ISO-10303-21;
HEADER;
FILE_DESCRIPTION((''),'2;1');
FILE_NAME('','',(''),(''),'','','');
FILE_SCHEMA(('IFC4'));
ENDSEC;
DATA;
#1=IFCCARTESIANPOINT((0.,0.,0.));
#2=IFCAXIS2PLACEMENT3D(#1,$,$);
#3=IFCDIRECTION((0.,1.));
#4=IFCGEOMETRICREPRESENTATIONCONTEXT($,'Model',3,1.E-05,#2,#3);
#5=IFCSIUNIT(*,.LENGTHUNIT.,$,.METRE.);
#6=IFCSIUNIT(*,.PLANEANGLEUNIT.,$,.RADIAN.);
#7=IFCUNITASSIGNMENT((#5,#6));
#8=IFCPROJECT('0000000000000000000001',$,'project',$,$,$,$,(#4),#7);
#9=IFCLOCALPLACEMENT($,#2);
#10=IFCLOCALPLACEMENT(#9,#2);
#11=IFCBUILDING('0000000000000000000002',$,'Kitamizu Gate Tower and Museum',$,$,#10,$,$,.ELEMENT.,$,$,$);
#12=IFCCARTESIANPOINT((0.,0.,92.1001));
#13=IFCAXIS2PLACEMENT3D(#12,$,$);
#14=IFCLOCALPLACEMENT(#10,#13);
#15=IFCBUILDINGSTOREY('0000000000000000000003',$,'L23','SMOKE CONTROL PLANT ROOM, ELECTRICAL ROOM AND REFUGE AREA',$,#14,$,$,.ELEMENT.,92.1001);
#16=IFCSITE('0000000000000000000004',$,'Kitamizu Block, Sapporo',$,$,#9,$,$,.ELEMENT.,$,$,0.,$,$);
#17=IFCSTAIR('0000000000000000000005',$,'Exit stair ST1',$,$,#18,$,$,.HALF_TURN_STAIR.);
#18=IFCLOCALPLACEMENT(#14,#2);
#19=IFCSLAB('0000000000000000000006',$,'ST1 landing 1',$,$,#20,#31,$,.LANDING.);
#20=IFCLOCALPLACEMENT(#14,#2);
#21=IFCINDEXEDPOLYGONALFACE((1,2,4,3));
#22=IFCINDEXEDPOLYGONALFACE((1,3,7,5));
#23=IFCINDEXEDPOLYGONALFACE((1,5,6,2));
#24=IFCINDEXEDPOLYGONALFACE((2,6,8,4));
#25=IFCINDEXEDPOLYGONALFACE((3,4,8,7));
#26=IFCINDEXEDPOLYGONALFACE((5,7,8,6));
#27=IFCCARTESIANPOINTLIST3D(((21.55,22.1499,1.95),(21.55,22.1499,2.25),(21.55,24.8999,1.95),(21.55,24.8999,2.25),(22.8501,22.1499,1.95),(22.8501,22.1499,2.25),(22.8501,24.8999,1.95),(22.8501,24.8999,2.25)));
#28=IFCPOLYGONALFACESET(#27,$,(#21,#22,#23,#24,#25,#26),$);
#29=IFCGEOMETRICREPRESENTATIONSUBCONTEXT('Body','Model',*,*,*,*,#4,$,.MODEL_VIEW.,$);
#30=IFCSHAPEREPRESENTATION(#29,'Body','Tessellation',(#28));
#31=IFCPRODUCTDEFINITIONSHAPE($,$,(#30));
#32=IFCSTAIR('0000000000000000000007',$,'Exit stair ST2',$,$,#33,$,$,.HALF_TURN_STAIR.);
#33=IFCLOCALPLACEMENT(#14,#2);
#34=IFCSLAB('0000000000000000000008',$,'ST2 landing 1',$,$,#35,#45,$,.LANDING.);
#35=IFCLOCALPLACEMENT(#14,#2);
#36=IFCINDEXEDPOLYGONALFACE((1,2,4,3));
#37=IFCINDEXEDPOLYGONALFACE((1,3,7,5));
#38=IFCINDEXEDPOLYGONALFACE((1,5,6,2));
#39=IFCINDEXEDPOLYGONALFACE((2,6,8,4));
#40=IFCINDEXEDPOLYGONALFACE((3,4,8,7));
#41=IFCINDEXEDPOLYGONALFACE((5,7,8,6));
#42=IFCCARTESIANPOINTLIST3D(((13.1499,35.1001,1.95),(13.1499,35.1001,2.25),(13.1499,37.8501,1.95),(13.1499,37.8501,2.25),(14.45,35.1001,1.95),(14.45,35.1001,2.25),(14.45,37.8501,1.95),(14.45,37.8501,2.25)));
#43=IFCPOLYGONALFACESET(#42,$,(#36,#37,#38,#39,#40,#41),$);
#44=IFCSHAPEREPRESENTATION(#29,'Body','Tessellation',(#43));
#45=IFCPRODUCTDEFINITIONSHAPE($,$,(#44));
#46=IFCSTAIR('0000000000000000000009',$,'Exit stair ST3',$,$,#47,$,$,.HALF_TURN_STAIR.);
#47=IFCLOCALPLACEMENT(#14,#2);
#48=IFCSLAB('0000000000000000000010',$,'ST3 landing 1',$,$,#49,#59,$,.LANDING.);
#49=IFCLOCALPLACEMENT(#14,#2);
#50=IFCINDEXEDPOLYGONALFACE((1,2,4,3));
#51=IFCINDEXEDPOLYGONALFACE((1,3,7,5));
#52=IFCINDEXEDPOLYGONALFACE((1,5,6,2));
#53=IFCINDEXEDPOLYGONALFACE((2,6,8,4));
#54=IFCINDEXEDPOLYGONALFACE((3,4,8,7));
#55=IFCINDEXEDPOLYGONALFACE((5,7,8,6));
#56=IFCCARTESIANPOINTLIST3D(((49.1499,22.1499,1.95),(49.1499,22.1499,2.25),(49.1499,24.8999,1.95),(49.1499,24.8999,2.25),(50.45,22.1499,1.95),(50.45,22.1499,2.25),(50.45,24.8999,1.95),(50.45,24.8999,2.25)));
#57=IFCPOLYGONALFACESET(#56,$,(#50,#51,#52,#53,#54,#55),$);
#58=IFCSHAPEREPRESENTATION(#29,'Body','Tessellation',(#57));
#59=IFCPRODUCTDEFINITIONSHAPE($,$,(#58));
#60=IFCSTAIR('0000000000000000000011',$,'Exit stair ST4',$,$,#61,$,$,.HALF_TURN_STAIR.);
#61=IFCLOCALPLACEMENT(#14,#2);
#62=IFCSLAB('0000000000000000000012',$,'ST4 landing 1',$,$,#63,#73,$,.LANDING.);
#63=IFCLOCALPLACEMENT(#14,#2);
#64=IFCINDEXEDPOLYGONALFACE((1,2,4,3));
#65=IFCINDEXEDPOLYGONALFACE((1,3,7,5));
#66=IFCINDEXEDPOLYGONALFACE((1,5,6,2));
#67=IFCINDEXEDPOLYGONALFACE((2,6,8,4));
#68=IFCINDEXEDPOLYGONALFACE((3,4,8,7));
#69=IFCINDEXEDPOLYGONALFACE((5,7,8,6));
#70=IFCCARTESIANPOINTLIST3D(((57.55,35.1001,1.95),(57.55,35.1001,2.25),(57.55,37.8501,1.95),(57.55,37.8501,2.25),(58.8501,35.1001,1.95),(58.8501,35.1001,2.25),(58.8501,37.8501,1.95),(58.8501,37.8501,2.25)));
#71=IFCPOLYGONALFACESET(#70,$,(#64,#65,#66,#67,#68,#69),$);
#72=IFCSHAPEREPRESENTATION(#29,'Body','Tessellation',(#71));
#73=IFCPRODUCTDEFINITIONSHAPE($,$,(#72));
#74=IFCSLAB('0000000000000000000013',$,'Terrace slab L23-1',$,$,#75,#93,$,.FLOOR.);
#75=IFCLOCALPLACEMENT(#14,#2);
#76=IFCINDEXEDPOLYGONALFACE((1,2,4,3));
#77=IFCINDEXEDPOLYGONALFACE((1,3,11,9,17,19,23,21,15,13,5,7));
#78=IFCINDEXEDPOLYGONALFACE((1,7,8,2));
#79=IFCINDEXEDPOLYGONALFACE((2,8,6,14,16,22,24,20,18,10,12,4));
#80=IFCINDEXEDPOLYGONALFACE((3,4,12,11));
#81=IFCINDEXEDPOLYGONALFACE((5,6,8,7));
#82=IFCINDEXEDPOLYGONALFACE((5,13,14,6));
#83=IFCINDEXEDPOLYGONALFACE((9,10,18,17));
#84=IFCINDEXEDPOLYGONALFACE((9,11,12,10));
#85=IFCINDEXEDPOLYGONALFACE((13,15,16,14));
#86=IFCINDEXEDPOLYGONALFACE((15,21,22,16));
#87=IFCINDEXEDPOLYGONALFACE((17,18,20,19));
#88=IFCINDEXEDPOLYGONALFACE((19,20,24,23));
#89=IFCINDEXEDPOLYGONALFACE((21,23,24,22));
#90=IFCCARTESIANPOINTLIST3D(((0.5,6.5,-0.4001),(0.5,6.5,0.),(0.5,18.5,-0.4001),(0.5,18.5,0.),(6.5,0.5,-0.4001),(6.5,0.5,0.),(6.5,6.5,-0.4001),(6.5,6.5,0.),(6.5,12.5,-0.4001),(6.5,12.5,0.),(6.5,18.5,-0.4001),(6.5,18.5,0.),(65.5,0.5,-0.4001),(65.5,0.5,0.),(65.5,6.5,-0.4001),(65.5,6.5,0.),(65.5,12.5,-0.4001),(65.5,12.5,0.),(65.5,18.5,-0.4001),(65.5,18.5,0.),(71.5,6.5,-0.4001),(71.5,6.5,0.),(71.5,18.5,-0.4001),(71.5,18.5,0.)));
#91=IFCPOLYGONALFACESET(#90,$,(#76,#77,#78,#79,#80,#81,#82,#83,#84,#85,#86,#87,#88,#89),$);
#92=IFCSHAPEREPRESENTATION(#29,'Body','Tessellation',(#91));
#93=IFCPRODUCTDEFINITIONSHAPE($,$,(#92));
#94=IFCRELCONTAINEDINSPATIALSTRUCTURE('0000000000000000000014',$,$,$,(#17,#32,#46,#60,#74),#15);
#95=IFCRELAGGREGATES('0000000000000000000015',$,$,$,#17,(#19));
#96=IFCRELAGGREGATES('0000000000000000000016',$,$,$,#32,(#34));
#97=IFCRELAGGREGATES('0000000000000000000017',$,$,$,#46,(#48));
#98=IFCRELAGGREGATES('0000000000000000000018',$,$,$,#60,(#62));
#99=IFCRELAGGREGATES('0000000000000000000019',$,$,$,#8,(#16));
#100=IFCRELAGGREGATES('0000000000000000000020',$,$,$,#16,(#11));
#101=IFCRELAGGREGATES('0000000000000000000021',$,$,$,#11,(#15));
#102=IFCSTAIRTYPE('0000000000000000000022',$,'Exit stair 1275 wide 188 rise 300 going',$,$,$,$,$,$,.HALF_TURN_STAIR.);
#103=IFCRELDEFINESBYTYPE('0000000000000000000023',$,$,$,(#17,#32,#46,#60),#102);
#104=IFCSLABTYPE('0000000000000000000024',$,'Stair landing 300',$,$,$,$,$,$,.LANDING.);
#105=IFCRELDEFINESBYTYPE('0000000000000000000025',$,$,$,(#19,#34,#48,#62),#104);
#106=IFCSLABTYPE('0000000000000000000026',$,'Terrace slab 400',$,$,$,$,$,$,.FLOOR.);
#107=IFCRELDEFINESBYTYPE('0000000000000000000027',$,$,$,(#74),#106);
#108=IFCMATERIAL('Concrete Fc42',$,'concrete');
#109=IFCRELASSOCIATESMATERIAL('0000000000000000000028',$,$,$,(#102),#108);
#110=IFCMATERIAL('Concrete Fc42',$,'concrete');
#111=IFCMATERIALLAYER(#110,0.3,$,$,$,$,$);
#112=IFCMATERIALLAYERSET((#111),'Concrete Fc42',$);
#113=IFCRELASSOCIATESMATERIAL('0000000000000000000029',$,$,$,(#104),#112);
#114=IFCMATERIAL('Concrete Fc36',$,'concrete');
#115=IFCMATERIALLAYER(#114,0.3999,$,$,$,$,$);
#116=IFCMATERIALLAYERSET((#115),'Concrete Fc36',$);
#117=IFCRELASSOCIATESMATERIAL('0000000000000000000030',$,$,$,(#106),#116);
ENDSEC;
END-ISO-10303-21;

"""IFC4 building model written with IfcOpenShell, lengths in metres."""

from ifc_helpers import new_model, si_unit, direction, frame, origin, place, context, subcontext, project, spatial, polyline, outline, extrude, material, layer, layer_set, type_object, element, aggregate, save


model = new_model("IFC4")

# Units and contexts
model_context = context("Model", 3, precision=1e-05, world=origin(), true_north=direction((0.0, 1.0)))
body_context = subcontext(model_context, "Body", "Model", "MODEL_VIEW")
ifc_project = project(units=[si_unit("LENGTHUNIT", "METRE"), si_unit("PLANEANGLEUNIT", "RADIAN")], contexts=[model_context])

# Site, building, storey
site_placement = place(None, origin())
site = spatial("IfcSite", under=ifc_project, at=site_placement, Name="Kitamizu Block, Sapporo", CompositionType="ELEMENT", RefElevation=0.0)
building_placement = place(site_placement, origin())
building = spatial("IfcBuilding", under=site, at=building_placement, Name="Kitamizu Gate Tower and Museum", CompositionType="ELEMENT")
storey_placement = place(building_placement, frame((0.0, 0.0, 92.1001)))
storey = spatial("IfcBuildingStorey", under=building, at=storey_placement, Name="L23", Description="SMOKE CONTROL PLANT ROOM, ELECTRICAL ROOM AND REFUGE AREA", CompositionType="ELEMENT", Elevation=92.1001)

# Stairs, slabs
ifc_material_1 = material(Name="Concrete Fc42", Category="concrete")
stair_type = type_object("IfcStairType", Name="Exit stair 1275 wide 188 rise 300 going", PredefinedType="HALF_TURN_STAIR", material=ifc_material_1)
stair_1_placement = place(storey_placement, origin())
stair_1 = element("IfcStair", 1, at=stair_1_placement, inside=storey, type_object=stair_type, Name="Exit stair ST1", PredefinedType="HALF_TURN_STAIR")
ifc_material_2 = material(Name="Concrete Fc42", Category="concrete")
ifc_layer_1 = layer(ifc_material_2, 0.3)
ifc_layer_set_1 = layer_set([ifc_layer_1], Name="Concrete Fc42")
slab_type_1 = type_object("IfcSlabType", Name="Stair landing 300", PredefinedType="LANDING", material=ifc_layer_set_1)
slab_1_placement = place(storey_placement, frame((0.0, 0.0, 1.95)))
slab_1 = element("IfcSlab", 2, at=slab_1_placement, type_object=slab_type_1, Name="ST1 landing 1", PredefinedType="LANDING", context=body_context, shape_type="SweptSolid", body=[
    extrude(outline(polyline([(21.55, 22.1499), (22.8501, 22.1499), (22.8501, 24.8999), (21.55, 24.8999), (21.55, 22.1499)])), origin(), (0.0, 0.0, 1.0), 0.3),
])
aggregate(stair_1, [slab_1])
stair_2_placement = place(storey_placement, origin())
stair_2 = element("IfcStair", 3, at=stair_2_placement, inside=storey, type_object=stair_type, Name="Exit stair ST2", PredefinedType="HALF_TURN_STAIR")
slab_2_placement = place(storey_placement, frame((0.0, 0.0, 1.95)))
slab_2 = element("IfcSlab", 4, at=slab_2_placement, type_object=slab_type_1, Name="ST2 landing 1", PredefinedType="LANDING", context=body_context, shape_type="SweptSolid", body=[
    extrude(outline(polyline([(13.1499, 35.1001), (14.45, 35.1001), (14.45, 37.8501), (13.1499, 37.8501), (13.1499, 35.1001)])), origin(), (0.0, 0.0, 1.0), 0.3),
])
aggregate(stair_2, [slab_2])
stair_3_placement = place(storey_placement, origin())
stair_3 = element("IfcStair", 5, at=stair_3_placement, inside=storey, type_object=stair_type, Name="Exit stair ST3", PredefinedType="HALF_TURN_STAIR")
slab_3_placement = place(storey_placement, frame((0.0, 0.0, 1.95)))
slab_3 = element("IfcSlab", 6, at=slab_3_placement, type_object=slab_type_1, Name="ST3 landing 1", PredefinedType="LANDING", context=body_context, shape_type="SweptSolid", body=[
    extrude(outline(polyline([(49.1499, 22.1499), (50.45, 22.1499), (50.45, 24.8999), (49.1499, 24.8999), (49.1499, 22.1499)])), origin(), (0.0, 0.0, 1.0), 0.3),
])
aggregate(stair_3, [slab_3])
stair_4_placement = place(storey_placement, origin())
stair_4 = element("IfcStair", 7, at=stair_4_placement, inside=storey, type_object=stair_type, Name="Exit stair ST4", PredefinedType="HALF_TURN_STAIR")
slab_4_placement = place(storey_placement, frame((0.0, 0.0, 1.95)))
slab_4 = element("IfcSlab", 8, at=slab_4_placement, type_object=slab_type_1, Name="ST4 landing 1", PredefinedType="LANDING", context=body_context, shape_type="SweptSolid", body=[
    extrude(outline(polyline([(57.55, 35.1001), (58.8501, 35.1001), (58.8501, 37.8501), (57.55, 37.8501), (57.55, 35.1001)])), origin(), (0.0, 0.0, 1.0), 0.3),
])
aggregate(stair_4, [slab_4])

# Slab
ifc_material_3 = material(Name="Concrete Fc36", Category="concrete")
ifc_layer_2 = layer(ifc_material_3, 0.3999)
ifc_layer_set_2 = layer_set([ifc_layer_2], Name="Concrete Fc36")
slab_type_2 = type_object("IfcSlabType", Name="Terrace slab 400", PredefinedType="FLOOR", material=ifc_layer_set_2)
slab_5_placement = place(storey_placement, frame((0.0, 0.0, -0.4001)))
element("IfcSlab", 9, at=slab_5_placement, inside=storey, type_object=slab_type_2, Name="Terrace slab L23-1", PredefinedType="FLOOR", context=body_context, shape_type="SweptSolid", body=[
    extrude(outline(polyline([(6.5, 0.5), (6.5, 6.5), (0.5, 6.5), (0.5, 18.5), (6.5, 18.5), (6.5, 12.5), (65.5, 12.5), (65.5, 18.5), (71.5, 18.5), (71.5, 6.5), (65.5, 6.5), (65.5, 0.5), (6.5, 0.5)])), origin(), (0.0, 0.0, 1.0), 0.4001),
])

save(model, "model.ifc")
